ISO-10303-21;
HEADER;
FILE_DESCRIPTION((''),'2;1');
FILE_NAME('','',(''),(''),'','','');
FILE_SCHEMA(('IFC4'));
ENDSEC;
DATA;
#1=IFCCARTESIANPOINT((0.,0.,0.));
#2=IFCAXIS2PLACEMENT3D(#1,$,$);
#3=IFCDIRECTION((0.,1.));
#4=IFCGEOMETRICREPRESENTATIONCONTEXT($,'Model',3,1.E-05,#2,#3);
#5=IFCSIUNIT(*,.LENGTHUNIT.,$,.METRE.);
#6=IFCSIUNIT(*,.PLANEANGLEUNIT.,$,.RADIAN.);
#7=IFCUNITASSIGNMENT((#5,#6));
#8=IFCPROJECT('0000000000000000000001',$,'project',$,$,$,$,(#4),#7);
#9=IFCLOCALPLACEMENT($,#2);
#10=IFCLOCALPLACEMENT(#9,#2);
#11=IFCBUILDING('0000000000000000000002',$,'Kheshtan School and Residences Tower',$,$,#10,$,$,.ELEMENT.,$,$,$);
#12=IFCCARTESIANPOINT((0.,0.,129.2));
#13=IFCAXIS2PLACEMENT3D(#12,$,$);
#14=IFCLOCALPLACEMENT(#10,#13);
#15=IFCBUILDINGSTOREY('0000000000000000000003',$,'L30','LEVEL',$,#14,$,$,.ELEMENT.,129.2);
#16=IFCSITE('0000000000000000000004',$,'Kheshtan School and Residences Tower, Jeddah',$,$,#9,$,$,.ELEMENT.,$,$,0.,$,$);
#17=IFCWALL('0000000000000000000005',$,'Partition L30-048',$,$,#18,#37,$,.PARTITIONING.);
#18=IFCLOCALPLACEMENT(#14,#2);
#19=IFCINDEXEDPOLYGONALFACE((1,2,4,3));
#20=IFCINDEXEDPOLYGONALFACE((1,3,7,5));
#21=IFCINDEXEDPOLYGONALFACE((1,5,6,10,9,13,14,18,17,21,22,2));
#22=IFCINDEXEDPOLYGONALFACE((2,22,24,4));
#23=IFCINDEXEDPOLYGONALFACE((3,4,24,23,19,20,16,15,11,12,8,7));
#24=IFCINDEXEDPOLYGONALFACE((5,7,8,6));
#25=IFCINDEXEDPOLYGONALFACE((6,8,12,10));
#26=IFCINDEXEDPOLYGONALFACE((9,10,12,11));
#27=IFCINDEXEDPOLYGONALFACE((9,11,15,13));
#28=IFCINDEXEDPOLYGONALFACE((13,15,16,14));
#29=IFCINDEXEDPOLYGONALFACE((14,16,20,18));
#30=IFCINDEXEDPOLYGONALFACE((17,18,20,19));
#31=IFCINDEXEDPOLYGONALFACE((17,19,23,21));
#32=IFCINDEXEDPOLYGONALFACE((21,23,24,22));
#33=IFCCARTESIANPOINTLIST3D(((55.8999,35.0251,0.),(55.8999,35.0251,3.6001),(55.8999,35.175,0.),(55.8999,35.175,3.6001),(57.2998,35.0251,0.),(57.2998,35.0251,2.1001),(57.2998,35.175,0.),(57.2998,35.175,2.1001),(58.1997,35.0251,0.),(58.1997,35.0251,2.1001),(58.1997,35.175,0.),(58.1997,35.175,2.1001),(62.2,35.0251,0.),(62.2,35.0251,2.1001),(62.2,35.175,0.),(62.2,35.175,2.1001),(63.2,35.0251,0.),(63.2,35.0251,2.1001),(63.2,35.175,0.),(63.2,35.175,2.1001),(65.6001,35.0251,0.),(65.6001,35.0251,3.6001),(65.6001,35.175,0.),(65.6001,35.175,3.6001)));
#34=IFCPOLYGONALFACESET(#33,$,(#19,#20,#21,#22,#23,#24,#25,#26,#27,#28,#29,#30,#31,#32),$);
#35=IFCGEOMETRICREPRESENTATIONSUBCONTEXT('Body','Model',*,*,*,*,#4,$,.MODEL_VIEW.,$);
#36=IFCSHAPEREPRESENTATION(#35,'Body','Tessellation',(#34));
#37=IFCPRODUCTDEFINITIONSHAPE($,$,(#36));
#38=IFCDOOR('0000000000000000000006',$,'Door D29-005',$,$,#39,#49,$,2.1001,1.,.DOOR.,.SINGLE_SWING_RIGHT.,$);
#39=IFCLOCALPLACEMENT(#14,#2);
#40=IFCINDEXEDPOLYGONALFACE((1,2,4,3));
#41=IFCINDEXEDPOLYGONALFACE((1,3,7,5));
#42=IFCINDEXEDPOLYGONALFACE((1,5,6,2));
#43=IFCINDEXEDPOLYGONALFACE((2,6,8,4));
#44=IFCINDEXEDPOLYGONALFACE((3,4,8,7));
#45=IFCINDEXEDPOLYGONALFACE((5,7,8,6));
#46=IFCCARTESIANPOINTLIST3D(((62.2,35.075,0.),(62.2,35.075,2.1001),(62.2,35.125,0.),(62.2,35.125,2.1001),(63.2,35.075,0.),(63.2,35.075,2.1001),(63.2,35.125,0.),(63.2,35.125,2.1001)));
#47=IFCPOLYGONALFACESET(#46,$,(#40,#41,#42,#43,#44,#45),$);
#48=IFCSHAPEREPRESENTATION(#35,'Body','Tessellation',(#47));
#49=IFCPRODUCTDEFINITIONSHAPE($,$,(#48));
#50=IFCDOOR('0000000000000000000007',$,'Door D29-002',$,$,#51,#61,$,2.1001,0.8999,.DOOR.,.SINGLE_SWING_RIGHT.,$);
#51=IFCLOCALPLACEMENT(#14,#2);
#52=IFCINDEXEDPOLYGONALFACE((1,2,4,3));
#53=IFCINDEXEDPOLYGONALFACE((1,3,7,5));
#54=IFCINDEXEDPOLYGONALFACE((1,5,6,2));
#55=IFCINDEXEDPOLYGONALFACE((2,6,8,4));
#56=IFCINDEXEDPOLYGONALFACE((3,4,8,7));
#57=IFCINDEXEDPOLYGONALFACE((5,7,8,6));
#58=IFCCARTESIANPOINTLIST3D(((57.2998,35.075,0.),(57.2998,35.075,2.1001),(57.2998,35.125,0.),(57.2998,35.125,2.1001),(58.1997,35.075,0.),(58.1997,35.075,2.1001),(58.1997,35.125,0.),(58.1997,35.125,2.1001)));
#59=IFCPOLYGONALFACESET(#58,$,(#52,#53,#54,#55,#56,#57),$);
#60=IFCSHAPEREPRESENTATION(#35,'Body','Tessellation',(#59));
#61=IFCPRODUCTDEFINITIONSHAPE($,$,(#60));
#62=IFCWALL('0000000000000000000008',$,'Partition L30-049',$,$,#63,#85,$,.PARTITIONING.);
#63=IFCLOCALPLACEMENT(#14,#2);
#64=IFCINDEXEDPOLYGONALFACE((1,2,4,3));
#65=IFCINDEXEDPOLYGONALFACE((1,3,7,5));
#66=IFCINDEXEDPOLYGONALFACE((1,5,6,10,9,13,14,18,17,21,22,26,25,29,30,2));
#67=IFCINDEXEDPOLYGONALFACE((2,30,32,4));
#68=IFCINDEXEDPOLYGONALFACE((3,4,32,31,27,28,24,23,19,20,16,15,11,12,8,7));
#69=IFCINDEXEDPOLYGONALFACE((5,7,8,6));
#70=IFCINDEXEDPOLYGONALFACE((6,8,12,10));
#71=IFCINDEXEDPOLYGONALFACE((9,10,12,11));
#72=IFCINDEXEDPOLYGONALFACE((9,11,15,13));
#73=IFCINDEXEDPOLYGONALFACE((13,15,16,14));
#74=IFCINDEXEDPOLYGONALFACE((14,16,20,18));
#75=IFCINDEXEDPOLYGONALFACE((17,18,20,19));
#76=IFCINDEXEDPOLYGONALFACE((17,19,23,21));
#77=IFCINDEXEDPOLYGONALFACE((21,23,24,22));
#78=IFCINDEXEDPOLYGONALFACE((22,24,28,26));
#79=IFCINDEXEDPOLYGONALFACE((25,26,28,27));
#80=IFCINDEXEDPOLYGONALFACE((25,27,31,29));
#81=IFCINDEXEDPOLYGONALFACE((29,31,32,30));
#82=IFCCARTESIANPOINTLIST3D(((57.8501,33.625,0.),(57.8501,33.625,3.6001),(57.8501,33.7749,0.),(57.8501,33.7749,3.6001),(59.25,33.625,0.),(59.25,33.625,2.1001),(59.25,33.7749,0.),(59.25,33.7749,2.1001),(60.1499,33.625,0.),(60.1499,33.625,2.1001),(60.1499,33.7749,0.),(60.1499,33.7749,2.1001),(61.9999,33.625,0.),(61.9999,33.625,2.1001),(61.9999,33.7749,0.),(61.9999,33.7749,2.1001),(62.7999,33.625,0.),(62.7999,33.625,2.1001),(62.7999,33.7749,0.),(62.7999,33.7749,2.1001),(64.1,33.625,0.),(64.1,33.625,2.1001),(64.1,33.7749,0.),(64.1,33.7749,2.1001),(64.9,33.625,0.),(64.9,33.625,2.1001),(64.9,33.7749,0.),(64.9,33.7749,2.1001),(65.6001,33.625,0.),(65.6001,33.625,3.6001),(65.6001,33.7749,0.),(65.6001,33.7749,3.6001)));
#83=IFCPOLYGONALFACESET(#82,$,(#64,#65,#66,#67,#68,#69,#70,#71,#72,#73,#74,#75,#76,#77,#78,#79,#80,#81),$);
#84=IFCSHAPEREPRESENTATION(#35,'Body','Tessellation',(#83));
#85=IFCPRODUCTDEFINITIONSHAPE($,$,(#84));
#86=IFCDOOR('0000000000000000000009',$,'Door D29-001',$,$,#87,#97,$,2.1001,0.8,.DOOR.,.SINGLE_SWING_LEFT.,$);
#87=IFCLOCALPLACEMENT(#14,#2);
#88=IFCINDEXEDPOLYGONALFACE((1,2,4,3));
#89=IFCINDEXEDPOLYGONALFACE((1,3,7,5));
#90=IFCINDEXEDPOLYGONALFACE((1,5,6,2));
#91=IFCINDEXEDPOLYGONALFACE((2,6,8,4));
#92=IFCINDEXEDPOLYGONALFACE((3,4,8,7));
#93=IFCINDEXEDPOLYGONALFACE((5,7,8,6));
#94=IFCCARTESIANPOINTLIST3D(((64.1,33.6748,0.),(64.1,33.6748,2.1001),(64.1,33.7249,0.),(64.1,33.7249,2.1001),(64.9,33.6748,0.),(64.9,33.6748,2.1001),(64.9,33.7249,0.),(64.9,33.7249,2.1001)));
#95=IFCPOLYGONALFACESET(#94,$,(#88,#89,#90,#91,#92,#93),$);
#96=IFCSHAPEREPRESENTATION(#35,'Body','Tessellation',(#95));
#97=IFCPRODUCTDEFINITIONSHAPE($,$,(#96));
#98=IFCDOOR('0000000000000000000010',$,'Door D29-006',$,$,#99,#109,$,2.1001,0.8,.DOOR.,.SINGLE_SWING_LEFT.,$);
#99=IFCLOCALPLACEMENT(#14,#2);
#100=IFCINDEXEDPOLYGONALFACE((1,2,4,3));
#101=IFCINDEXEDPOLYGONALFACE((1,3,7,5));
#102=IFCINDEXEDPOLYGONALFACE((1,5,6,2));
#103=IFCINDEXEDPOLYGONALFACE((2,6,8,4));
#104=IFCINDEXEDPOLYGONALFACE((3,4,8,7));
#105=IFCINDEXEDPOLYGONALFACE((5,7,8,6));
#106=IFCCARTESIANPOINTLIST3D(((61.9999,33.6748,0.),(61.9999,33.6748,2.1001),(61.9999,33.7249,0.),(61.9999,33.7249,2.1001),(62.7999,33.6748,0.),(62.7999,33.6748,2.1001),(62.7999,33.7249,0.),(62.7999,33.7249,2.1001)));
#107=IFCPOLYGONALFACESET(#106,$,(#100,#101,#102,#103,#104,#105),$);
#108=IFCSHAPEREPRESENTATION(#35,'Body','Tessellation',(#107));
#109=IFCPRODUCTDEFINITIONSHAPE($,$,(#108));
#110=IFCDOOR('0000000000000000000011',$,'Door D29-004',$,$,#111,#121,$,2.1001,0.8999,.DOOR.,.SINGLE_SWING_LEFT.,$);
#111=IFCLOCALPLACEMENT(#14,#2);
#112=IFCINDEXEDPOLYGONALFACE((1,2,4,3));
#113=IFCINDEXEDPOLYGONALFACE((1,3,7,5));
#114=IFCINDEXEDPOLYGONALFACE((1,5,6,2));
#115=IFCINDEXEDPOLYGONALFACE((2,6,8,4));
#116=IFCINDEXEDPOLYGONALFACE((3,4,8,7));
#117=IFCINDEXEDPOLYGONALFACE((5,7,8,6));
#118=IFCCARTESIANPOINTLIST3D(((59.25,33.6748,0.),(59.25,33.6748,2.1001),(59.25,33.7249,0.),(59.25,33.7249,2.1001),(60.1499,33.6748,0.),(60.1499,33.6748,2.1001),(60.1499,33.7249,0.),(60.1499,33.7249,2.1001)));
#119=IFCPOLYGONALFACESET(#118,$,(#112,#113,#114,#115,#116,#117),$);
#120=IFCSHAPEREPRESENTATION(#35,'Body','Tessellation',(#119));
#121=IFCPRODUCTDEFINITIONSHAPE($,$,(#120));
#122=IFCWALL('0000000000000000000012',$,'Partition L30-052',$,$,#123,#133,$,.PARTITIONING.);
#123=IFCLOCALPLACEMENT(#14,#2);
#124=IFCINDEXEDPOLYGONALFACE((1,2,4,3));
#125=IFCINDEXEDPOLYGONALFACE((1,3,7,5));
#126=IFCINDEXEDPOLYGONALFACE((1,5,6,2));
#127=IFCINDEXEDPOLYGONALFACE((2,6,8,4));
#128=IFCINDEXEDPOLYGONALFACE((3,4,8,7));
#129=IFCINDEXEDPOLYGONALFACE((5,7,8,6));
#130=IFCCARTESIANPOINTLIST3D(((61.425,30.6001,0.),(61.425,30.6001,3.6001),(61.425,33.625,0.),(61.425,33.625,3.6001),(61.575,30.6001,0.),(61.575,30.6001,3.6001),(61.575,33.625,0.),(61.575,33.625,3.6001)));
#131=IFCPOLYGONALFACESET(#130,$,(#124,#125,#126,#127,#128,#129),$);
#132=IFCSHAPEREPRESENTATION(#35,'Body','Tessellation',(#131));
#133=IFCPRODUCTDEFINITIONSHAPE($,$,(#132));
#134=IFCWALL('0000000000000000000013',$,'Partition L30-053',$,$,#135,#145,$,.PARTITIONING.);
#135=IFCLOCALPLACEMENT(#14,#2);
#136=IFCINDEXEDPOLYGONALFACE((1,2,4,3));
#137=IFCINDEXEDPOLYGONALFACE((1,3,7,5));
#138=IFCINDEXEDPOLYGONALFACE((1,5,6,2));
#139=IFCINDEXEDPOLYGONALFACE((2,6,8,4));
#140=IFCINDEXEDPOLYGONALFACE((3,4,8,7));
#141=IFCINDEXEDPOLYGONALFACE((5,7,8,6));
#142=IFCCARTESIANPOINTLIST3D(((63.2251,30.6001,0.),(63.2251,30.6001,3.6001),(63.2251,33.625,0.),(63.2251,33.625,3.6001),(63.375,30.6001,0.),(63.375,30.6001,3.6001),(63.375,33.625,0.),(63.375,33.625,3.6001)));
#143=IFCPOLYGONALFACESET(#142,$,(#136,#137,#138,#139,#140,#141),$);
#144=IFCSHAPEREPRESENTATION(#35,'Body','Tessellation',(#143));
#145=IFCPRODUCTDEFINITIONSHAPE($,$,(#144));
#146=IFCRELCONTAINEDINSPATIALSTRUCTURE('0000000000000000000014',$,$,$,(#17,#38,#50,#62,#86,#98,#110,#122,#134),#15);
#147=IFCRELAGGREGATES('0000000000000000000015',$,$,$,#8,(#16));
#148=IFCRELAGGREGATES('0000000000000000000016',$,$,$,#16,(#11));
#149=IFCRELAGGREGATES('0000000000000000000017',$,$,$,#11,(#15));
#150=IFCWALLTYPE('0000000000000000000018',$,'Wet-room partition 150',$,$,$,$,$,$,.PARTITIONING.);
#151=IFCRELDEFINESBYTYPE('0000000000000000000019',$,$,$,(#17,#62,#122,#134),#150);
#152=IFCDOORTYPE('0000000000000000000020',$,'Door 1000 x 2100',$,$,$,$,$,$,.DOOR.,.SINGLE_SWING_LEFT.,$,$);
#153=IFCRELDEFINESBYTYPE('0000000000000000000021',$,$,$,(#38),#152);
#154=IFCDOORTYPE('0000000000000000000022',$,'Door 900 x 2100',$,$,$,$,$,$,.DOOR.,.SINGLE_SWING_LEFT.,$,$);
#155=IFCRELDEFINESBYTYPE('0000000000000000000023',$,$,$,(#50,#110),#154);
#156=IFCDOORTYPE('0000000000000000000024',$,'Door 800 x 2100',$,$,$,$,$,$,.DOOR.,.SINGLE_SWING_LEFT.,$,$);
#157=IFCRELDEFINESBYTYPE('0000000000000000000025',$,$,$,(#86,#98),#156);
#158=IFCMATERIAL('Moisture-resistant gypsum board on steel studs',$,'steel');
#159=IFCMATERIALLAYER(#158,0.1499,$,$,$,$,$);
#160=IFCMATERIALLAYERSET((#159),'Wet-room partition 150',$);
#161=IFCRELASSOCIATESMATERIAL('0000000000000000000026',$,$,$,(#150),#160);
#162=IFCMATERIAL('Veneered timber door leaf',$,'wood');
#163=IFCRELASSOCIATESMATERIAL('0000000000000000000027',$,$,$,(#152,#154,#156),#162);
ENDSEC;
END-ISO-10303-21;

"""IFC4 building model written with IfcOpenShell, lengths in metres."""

from ifc_helpers import new_model, si_unit, direction, frame, frame_2d, origin, place, context, subcontext, project, spatial, rectangle, extrude, source, transform, mapped, material, layer, layer_set, type_object, element, fill, save


model = new_model("IFC4")

# Units and contexts
model_context = context("Model", 3, precision=1e-05, world=origin(), true_north=direction((0.0, 1.0)))
body_context = subcontext(model_context, "Body", "Model", "MODEL_VIEW")
ifc_project = project(units=[si_unit("LENGTHUNIT", "METRE"), si_unit("PLANEANGLEUNIT", "RADIAN")], contexts=[model_context])

# Site, building, storey
site_placement = place(None, origin())
site = spatial("IfcSite", under=ifc_project, at=site_placement, Name="Kheshtan School and Residences Tower, Jeddah", CompositionType="ELEMENT", RefElevation=0.0)
building_placement = place(site_placement, origin())
building = spatial("IfcBuilding", under=site, at=building_placement, Name="Kheshtan School and Residences Tower", CompositionType="ELEMENT")
storey_placement = place(building_placement, frame((0.0, 0.0, 129.2)))
storey = spatial("IfcBuildingStorey", under=building, at=storey_placement, Name="L30", Description="LEVEL", CompositionType="ELEMENT", Elevation=129.2)

# Walls, openings, doors
ifc_material_1 = material(Name="Moisture-resistant gypsum board on steel studs", Category="steel")
ifc_layer_1 = layer(ifc_material_1, 0.1499)
ifc_layer_set_1 = layer_set([ifc_layer_1], Name="Wet-room partition 150")
wall_type_1 = type_object("IfcWallType", Name="Wet-room partition 150", PredefinedType="PARTITIONING", material=ifc_layer_set_1)
wall_1_placement = place(storey_placement, frame((55.8999, 35.1001, 0.0), z_axis=(0.0, 0.0, 1.0), x_axis=(1.0, 0.0, 0.0)))
wall_1 = element("IfcWall", 1, at=wall_1_placement, inside=storey, type_object=wall_type_1, Name="Partition L30-048", PredefinedType="PARTITIONING", context=body_context, shape_type="SweptSolid", body=[
    extrude(rectangle(XDim=9.7002, YDim=0.1499, at=frame_2d((4.8501, 0.0))), origin(), (0.0, 0.0, 1.0), 3.6001),
])
opening_1_placement = place(wall_1_placement, frame((1.3999, 0.0, 0.0)))
opening_1 = element("IfcOpeningElement", 2, at=opening_1_placement, cuts=wall_1, PredefinedType="OPENING", context=body_context, shape_type="SweptSolid", body=[
    extrude(rectangle(XDim=0.8999, YDim=2.1001, at=frame_2d((0.45, 1.05))), frame((0.0, 0.085, 0.0), z_axis=(0.0, -1.0, 0.0), x_axis=(1.0, 0.0, 0.0)), (0.0, 0.0, 1.0), 0.1699),
])
opening_2_placement = place(wall_1_placement, frame((6.3, 0.0, 0.0)))
opening_2 = element("IfcOpeningElement", 3, at=opening_2_placement, cuts=wall_1, PredefinedType="OPENING", context=body_context, shape_type="SweptSolid", body=[
    extrude(rectangle(XDim=1.0, YDim=2.1001, at=frame_2d((0.5, 1.05))), frame((0.0, 0.085, 0.0), z_axis=(0.0, -1.0, 0.0), x_axis=(1.0, 0.0, 0.0)), (0.0, 0.0, 1.0), 0.1699),
])
ifc_material_2 = material(Name="Veneered timber door leaf", Category="wood")
door_type_1 = type_object("IfcDoorType", Name="Door 1000 x 2100", OperationType="SINGLE_SWING_LEFT", PredefinedType="DOOR", material=ifc_material_2)
shared_shape_1 = source(origin(), body_context, "Body", "SweptSolid", [
    extrude(rectangle(XDim=1.0, YDim=2.1001, at=frame_2d((0.5, 1.05))), frame((0.0, 0.0249, 0.0), z_axis=(0.0, -1.0, 0.0), x_axis=(1.0, 0.0, 0.0)), (0.0, 0.0, 1.0), 0.05),
])
door_1_placement = place(opening_2_placement, origin())
door_1 = element("IfcDoor", 4, at=door_1_placement, inside=storey, type_object=door_type_1, Name="Door D29-005", OperationType="SINGLE_SWING_RIGHT", OverallHeight=2.1001, OverallWidth=1.0, PredefinedType="DOOR", context=body_context, shape_type="MappedRepresentation", body=[
    mapped(shared_shape_1, transform((0.0, 0.0, 0.0), x_axis=(1.0, 0.0, 0.0), y_axis=(0.0, 1.0, 0.0), z_axis=(0.0, 0.0, 1.0), scale=1.0)),
])
fill(opening_2, door_1)
door_type_2 = type_object("IfcDoorType", Name="Door 900 x 2100", OperationType="SINGLE_SWING_LEFT", PredefinedType="DOOR", material=ifc_material_2)
shared_shape_2 = source(origin(), body_context, "Body", "SweptSolid", [
    extrude(rectangle(XDim=0.8999, YDim=2.1001, at=frame_2d((0.45, 1.05))), frame((0.0, 0.0249, 0.0), z_axis=(0.0, -1.0, 0.0), x_axis=(1.0, 0.0, 0.0)), (0.0, 0.0, 1.0), 0.05),
])
door_2_placement = place(opening_1_placement, origin())
door_2 = element("IfcDoor", 5, at=door_2_placement, inside=storey, type_object=door_type_2, Name="Door D29-002", OperationType="SINGLE_SWING_RIGHT", OverallHeight=2.1001, OverallWidth=0.8999, PredefinedType="DOOR", context=body_context, shape_type="MappedRepresentation", body=[
    mapped(shared_shape_2, transform((0.0, 0.0, 0.0), x_axis=(1.0, 0.0, 0.0), y_axis=(0.0, 1.0, 0.0), z_axis=(0.0, 0.0, 1.0), scale=1.0)),
])
fill(opening_1, door_2)
wall_2_placement = place(storey_placement, frame((57.8501, 33.7, 0.0), z_axis=(0.0, 0.0, 1.0), x_axis=(1.0, 0.0, 0.0)))
wall_2 = element("IfcWall", 6, at=wall_2_placement, inside=storey, type_object=wall_type_1, Name="Partition L30-049", PredefinedType="PARTITIONING", context=body_context, shape_type="SweptSolid", body=[
    extrude(rectangle(XDim=7.75, YDim=0.1499, at=frame_2d((3.875, 0.0))), origin(), (0.0, 0.0, 1.0), 3.6001),
])
opening_3_placement = place(wall_2_placement, frame((6.25, 0.0, 0.0)))
opening_3 = element("IfcOpeningElement", 7, at=opening_3_placement, cuts=wall_2, PredefinedType="OPENING", context=body_context, shape_type="SweptSolid", body=[
    extrude(rectangle(XDim=0.8, YDim=2.1001, at=frame_2d((0.3999, 1.05))), frame((0.0, 0.085, 0.0), z_axis=(0.0, -1.0, 0.0), x_axis=(1.0, 0.0, 0.0)), (0.0, 0.0, 1.0), 0.1699),
])
opening_4_placement = place(wall_2_placement, frame((1.3999, 0.0, 0.0)))
opening_4 = element("IfcOpeningElement", 8, at=opening_4_placement, cuts=wall_2, PredefinedType="OPENING", context=body_context, shape_type="SweptSolid", body=[
    extrude(rectangle(XDim=0.8999, YDim=2.1001, at=frame_2d((0.45, 1.05))), frame((0.0, 0.085, 0.0), z_axis=(0.0, -1.0, 0.0), x_axis=(1.0, 0.0, 0.0)), (0.0, 0.0, 1.0), 0.1699),
])
opening_5_placement = place(wall_2_placement, frame((4.1499, 0.0, 0.0)))
opening_5 = element("IfcOpeningElement", 9, at=opening_5_placement, cuts=wall_2, PredefinedType="OPENING", context=body_context, shape_type="SweptSolid", body=[
    extrude(rectangle(XDim=0.8, YDim=2.1001, at=frame_2d((0.3999, 1.05))), frame((0.0, 0.085, 0.0), z_axis=(0.0, -1.0, 0.0), x_axis=(1.0, 0.0, 0.0)), (0.0, 0.0, 1.0), 0.1699),
])
door_type_3 = type_object("IfcDoorType", Name="Door 800 x 2100", OperationType="SINGLE_SWING_LEFT", PredefinedType="DOOR", material=ifc_material_2)
shared_shape_3 = source(origin(), body_context, "Body", "SweptSolid", [
    extrude(rectangle(XDim=0.8, YDim=2.1001, at=frame_2d((0.3999, 1.05))), frame((0.0, 0.0249, 0.0), z_axis=(0.0, -1.0, 0.0), x_axis=(1.0, 0.0, 0.0)), (0.0, 0.0, 1.0), 0.05),
])
door_3_placement = place(opening_3_placement, origin())
door_3 = element("IfcDoor", 10, at=door_3_placement, inside=storey, type_object=door_type_3, Name="Door D29-001", OperationType="SINGLE_SWING_LEFT", OverallHeight=2.1001, OverallWidth=0.8, PredefinedType="DOOR", context=body_context, shape_type="MappedRepresentation", body=[
    mapped(shared_shape_3, transform((0.0, 0.0, 0.0), x_axis=(1.0, 0.0, 0.0), y_axis=(0.0, 1.0, 0.0), z_axis=(0.0, 0.0, 1.0), scale=1.0)),
])
fill(opening_3, door_3)
door_4_placement = place(opening_5_placement, origin())
door_4 = element("IfcDoor", 11, at=door_4_placement, inside=storey, type_object=door_type_3, Name="Door D29-006", OperationType="SINGLE_SWING_LEFT", OverallHeight=2.1001, OverallWidth=0.8, PredefinedType="DOOR", context=body_context, shape_type="MappedRepresentation", body=[
    mapped(shared_shape_3, transform((0.0, 0.0, 0.0), x_axis=(1.0, 0.0, 0.0), y_axis=(0.0, 1.0, 0.0), z_axis=(0.0, 0.0, 1.0), scale=1.0)),
])
fill(opening_5, door_4)
door_5_placement = place(opening_4_placement, origin())
door_5 = element("IfcDoor", 12, at=door_5_placement, inside=storey, type_object=door_type_2, Name="Door D29-004", OperationType="SINGLE_SWING_LEFT", OverallHeight=2.1001, OverallWidth=0.8999, PredefinedType="DOOR", context=body_context, shape_type="MappedRepresentation", body=[
    mapped(shared_shape_2, transform((0.0, 0.0, 0.0), x_axis=(1.0, 0.0, 0.0), y_axis=(0.0, 1.0, 0.0), z_axis=(0.0, 0.0, 1.0), scale=1.0)),
])
fill(opening_4, door_5)

# Walls
for number, where, z_axis, x_axis, name in (
    (13, (61.5, 30.6001, 0.0), (0.0, 0.0, 1.0), (0.0, 1.0, 0.0), "Partition L30-052"),
    (14, (63.3, 30.6001, 0.0), (0.0, 0.0, 1.0), (0.0, 1.0, 0.0), "Partition L30-053"),
):
    element("IfcWall", number, at=place(storey_placement, frame(where, z_axis=z_axis, x_axis=x_axis)), inside=storey, type_object=wall_type_1, Name=name, PredefinedType="PARTITIONING", context=body_context, shape_type="SweptSolid", body=[
        extrude(rectangle(XDim=3.0249, YDim=0.1499, at=frame_2d((1.5125, 0.0))), origin(), (0.0, 0.0, 1.0), 3.6001),
    ])

save(model, "model.ifc")
